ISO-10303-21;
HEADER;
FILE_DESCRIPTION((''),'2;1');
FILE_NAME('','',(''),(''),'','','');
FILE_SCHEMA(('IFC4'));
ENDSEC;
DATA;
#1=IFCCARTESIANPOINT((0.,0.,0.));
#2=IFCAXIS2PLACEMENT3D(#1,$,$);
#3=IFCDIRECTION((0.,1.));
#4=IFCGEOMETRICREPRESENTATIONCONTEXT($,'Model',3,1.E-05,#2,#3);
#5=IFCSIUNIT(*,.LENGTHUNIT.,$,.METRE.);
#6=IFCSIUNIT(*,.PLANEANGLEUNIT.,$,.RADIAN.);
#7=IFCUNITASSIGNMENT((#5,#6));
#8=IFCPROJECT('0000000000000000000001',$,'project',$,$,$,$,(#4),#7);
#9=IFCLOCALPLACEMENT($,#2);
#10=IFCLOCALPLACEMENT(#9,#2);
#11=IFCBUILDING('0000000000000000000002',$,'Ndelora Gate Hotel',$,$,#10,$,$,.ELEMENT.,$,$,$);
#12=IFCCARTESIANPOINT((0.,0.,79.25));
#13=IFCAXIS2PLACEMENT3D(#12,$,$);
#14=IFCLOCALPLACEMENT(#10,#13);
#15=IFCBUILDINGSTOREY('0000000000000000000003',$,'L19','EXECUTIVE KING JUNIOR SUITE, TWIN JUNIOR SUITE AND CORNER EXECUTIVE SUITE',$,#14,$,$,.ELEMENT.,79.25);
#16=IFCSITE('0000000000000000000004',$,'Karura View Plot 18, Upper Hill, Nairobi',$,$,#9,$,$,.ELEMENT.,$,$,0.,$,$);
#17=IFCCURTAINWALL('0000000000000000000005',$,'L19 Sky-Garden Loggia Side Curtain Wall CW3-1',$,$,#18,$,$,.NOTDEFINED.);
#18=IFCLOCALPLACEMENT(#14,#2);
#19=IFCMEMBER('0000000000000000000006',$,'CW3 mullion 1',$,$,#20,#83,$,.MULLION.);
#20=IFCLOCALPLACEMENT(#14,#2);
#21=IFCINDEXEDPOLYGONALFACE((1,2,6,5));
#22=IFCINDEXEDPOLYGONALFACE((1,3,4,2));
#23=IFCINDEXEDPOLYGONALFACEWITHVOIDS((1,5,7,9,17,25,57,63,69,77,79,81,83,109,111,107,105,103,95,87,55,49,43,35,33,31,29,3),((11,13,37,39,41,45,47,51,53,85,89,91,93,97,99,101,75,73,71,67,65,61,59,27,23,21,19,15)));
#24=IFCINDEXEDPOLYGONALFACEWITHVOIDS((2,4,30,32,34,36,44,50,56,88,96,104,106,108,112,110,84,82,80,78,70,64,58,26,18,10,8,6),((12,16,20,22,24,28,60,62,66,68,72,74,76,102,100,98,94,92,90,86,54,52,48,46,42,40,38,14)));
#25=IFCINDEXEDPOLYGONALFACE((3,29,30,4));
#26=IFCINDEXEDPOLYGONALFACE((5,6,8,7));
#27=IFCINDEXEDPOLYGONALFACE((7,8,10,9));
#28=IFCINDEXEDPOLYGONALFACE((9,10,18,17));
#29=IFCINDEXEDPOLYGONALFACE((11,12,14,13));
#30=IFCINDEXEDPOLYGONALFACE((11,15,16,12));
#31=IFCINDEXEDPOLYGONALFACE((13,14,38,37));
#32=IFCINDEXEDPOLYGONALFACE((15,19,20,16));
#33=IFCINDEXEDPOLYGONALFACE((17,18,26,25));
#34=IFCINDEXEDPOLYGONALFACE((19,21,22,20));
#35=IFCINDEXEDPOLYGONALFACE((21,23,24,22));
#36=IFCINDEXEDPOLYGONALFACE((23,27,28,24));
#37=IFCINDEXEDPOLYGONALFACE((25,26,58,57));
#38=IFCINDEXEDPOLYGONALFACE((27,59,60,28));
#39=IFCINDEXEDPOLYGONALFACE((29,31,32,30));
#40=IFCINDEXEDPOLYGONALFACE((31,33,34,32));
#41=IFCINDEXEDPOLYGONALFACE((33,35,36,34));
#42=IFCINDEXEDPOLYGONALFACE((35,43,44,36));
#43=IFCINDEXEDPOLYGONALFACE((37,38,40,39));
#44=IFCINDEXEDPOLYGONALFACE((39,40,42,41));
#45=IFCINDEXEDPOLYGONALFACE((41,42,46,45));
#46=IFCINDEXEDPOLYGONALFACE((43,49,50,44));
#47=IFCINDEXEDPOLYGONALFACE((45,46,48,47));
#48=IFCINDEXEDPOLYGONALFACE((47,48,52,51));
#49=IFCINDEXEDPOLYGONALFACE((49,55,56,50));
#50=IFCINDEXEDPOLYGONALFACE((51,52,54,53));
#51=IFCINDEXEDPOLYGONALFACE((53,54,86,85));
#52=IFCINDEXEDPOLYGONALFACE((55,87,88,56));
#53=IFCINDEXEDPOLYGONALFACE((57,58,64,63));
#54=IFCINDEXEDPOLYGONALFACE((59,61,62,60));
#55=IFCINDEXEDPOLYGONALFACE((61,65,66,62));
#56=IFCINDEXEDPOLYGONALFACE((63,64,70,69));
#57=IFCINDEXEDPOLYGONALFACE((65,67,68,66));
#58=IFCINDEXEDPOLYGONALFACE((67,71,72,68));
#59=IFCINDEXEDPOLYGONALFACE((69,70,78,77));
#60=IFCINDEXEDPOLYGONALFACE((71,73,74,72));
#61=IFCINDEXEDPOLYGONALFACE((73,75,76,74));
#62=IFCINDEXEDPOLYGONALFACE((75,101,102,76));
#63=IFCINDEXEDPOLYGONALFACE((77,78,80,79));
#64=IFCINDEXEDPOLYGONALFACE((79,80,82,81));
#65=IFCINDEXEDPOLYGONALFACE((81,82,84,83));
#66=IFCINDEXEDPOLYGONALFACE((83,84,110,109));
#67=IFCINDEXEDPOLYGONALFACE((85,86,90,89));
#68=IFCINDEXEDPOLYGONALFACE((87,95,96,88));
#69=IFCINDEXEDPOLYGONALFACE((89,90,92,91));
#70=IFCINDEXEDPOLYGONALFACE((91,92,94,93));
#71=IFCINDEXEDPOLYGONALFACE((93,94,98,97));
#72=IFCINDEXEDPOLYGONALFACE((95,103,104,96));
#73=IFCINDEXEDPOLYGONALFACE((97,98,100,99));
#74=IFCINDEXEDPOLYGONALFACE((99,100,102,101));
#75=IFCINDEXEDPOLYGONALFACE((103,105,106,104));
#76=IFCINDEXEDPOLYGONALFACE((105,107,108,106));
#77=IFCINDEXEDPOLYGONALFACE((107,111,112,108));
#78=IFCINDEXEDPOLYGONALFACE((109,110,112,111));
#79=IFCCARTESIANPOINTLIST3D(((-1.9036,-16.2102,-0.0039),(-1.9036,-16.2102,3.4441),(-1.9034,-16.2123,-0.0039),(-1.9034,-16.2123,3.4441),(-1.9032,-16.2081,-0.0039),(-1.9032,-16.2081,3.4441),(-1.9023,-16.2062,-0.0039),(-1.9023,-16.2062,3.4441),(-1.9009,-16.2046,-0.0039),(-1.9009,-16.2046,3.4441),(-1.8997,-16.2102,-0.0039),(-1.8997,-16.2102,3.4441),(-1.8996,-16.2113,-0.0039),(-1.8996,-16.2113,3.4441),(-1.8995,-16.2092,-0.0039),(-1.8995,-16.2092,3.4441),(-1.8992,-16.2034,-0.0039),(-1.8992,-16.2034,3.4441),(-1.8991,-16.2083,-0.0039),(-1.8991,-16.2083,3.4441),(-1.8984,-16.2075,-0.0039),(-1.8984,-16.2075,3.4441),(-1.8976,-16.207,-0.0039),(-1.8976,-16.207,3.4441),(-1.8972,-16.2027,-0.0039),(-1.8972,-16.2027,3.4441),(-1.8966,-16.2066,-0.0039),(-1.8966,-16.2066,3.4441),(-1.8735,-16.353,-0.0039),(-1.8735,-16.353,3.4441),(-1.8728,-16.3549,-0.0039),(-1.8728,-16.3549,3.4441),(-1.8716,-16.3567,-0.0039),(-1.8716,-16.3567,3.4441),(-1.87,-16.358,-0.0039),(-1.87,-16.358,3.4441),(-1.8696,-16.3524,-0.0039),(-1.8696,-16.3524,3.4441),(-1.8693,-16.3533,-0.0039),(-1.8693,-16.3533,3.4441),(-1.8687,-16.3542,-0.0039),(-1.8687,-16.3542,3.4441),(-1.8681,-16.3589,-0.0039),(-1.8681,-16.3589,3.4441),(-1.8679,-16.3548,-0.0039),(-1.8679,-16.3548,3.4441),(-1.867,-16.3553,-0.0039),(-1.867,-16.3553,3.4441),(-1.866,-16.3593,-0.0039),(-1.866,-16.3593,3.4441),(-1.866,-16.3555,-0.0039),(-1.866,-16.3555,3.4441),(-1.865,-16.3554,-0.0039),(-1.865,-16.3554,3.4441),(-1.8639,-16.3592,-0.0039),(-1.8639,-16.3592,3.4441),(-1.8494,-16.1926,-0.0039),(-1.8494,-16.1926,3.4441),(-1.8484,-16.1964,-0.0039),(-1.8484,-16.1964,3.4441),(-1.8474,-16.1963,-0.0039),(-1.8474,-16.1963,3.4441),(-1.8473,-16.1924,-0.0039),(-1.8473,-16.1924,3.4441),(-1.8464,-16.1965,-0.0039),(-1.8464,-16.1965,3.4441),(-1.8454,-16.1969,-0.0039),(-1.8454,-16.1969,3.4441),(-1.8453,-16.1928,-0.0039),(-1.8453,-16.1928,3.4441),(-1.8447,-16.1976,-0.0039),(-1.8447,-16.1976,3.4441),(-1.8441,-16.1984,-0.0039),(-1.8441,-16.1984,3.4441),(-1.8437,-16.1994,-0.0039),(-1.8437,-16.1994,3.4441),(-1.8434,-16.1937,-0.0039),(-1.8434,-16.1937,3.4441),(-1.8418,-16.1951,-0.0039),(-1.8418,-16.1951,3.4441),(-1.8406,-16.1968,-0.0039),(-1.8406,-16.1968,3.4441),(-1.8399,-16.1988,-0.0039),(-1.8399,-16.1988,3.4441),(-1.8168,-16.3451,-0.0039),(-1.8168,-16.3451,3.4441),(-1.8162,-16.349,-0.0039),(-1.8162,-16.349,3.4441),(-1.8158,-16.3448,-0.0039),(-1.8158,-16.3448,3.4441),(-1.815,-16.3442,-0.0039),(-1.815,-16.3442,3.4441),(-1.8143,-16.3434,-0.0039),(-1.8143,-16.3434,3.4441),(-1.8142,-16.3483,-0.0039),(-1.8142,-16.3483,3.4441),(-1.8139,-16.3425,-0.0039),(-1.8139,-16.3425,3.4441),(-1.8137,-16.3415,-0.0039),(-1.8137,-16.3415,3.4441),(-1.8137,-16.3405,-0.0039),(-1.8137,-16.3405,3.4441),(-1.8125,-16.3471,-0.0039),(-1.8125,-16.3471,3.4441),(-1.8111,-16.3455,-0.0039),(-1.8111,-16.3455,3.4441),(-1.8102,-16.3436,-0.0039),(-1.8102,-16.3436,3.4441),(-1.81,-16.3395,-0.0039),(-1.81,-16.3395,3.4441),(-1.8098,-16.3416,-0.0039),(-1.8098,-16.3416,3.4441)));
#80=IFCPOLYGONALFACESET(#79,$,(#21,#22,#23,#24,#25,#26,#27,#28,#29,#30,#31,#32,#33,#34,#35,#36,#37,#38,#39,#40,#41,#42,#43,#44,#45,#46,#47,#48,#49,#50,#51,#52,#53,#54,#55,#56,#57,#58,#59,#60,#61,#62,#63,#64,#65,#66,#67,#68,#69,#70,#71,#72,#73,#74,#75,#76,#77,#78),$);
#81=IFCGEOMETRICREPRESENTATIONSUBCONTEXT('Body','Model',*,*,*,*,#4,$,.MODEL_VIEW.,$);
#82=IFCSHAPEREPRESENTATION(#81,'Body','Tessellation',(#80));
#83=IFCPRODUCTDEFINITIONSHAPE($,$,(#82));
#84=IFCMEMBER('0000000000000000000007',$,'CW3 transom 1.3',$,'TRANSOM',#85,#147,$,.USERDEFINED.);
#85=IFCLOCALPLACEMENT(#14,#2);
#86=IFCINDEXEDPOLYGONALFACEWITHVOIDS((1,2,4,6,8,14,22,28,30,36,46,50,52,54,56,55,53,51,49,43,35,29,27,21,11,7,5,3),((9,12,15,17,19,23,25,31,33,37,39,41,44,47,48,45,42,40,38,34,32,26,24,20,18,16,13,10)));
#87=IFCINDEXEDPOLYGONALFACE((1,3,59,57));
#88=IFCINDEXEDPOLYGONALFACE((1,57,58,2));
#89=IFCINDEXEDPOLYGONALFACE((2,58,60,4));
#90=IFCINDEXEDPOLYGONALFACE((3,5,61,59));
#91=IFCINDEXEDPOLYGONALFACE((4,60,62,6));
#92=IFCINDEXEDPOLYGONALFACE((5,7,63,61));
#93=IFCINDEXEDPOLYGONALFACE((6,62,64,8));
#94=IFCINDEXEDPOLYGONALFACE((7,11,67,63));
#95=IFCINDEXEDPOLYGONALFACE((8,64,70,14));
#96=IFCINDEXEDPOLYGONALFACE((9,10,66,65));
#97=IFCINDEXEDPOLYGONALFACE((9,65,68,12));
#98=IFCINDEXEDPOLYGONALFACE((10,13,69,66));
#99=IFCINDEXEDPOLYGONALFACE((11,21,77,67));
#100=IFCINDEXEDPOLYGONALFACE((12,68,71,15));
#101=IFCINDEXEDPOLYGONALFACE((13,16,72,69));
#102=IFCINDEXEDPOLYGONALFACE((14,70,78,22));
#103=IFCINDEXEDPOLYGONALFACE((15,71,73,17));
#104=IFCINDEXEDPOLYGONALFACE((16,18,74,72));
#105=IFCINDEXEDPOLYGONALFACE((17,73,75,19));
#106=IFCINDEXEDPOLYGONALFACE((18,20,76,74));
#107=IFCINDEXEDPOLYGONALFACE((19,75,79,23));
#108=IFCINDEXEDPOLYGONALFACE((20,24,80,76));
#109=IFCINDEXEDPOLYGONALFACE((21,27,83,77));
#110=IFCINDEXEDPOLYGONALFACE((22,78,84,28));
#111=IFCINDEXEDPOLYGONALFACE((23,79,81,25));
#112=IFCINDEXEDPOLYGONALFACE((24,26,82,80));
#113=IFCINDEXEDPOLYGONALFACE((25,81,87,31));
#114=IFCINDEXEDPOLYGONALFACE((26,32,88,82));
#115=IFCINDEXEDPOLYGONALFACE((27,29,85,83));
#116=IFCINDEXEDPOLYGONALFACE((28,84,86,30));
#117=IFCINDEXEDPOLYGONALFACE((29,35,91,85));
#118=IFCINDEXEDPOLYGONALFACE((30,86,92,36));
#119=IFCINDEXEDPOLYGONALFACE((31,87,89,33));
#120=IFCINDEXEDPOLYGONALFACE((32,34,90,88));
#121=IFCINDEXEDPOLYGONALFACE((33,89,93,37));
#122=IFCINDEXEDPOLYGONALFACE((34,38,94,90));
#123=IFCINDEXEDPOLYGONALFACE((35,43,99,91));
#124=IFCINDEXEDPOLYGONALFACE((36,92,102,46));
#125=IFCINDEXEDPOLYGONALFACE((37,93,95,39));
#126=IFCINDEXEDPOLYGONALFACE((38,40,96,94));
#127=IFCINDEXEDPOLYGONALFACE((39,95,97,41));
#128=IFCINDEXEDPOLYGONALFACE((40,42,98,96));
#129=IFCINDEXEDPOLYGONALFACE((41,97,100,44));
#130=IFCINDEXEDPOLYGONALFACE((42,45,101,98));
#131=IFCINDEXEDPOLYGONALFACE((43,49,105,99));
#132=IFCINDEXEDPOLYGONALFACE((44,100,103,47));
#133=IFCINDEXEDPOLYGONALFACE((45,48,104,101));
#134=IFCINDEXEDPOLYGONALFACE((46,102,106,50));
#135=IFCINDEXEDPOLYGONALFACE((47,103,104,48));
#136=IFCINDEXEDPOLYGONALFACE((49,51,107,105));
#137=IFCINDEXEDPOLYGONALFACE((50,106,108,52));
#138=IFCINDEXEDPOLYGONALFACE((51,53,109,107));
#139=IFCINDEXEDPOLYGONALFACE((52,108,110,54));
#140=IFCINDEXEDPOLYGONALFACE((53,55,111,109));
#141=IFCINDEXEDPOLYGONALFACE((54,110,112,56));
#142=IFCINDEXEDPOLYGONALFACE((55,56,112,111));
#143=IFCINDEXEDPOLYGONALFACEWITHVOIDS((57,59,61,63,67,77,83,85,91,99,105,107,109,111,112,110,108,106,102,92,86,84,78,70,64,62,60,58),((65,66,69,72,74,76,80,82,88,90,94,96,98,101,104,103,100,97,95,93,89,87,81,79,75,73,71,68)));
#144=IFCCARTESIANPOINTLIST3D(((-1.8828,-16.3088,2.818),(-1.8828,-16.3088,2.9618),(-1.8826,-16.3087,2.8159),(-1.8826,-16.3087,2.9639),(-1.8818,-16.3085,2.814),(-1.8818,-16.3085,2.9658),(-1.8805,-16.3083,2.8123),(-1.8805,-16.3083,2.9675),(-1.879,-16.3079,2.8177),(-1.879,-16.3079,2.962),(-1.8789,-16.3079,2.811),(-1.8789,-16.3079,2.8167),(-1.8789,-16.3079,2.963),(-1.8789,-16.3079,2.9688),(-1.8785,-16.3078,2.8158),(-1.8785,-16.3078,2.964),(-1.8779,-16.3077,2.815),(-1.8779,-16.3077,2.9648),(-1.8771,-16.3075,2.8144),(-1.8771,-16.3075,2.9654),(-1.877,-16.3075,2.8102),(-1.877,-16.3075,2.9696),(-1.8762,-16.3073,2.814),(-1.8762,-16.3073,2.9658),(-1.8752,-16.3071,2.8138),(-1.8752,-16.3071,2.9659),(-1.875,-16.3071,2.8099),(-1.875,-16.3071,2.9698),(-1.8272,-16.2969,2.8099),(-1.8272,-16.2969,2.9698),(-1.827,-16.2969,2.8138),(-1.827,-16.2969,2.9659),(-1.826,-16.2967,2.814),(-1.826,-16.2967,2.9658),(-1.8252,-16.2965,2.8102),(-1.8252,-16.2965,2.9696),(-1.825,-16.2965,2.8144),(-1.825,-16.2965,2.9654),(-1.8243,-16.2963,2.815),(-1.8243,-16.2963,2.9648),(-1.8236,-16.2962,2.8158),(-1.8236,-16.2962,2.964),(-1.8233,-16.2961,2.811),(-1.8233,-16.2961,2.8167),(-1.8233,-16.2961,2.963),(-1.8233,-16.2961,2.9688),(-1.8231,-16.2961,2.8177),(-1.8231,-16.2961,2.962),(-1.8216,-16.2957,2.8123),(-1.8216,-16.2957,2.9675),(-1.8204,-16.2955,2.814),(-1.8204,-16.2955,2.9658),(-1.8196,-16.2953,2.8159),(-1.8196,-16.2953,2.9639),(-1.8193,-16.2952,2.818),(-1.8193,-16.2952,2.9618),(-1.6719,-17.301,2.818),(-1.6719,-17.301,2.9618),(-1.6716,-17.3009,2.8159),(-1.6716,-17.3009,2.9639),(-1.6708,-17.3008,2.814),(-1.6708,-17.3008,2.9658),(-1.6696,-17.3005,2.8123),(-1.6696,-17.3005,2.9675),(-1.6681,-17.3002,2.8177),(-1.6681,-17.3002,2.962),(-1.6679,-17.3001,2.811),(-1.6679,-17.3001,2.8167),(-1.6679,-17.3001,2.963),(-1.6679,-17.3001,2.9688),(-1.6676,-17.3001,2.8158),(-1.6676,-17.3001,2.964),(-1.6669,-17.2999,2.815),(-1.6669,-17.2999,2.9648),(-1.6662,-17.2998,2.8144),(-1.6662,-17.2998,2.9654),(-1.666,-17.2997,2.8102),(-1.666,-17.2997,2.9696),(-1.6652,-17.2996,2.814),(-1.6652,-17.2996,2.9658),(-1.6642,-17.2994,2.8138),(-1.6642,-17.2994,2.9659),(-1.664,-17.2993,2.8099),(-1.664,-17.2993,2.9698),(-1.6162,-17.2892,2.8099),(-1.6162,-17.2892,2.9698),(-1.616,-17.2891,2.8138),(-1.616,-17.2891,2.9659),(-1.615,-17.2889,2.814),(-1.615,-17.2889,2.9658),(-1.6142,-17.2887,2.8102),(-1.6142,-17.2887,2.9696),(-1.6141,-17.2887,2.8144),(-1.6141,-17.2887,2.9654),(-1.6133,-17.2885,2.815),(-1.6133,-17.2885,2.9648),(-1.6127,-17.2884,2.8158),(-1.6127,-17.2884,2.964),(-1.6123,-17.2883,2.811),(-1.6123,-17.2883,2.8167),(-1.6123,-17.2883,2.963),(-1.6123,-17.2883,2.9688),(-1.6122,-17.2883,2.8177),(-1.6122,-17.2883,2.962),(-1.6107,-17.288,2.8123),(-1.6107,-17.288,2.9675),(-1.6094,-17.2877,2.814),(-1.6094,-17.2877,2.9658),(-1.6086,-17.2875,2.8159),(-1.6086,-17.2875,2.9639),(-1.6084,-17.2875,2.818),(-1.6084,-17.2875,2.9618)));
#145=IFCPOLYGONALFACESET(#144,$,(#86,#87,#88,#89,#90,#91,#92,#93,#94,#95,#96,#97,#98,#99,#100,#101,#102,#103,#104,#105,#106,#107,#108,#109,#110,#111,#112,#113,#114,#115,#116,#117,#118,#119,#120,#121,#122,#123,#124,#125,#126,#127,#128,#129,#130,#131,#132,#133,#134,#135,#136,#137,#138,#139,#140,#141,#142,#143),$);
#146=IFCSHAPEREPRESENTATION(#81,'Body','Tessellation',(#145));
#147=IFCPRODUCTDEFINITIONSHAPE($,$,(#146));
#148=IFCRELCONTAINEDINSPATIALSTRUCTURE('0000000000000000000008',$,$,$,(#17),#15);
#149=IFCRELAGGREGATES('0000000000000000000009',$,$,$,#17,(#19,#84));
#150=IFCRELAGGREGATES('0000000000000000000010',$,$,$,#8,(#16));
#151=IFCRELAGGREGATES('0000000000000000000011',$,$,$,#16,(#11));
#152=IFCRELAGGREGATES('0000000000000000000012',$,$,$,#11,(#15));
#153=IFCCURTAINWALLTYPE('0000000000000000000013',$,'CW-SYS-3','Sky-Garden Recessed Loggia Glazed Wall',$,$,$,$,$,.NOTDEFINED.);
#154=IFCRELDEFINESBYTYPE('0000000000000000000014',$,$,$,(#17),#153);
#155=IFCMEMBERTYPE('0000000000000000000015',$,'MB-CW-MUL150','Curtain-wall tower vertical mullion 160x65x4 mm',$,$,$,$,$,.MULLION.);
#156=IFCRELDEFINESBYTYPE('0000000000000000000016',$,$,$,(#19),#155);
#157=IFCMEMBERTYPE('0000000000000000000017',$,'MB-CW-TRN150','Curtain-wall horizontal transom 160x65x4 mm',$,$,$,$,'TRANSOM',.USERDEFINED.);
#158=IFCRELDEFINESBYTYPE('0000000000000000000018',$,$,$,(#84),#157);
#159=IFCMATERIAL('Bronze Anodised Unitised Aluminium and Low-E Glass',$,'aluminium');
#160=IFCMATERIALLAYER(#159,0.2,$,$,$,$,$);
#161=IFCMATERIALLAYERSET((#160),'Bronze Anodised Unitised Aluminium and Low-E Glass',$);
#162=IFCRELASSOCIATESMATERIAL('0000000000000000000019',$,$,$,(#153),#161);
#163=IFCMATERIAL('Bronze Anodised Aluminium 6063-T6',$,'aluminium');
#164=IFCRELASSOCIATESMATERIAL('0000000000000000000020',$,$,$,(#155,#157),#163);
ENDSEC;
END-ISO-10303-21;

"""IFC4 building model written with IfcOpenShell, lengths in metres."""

from ifc_helpers import new_model, si_unit, direction, frame, origin, origin_2d, place, context, subcontext, project, spatial, hollow_rectangle, extrude, material, layer, layer_set, material_profile, profile_set, type_object, element, aggregate, save


model = new_model("IFC4")

# Units and contexts
model_context = context("Model", 3, precision=1e-05, world=origin(), true_north=direction((0.0, 1.0)))
body_context = subcontext(model_context, "Body", "Model", "MODEL_VIEW")
ifc_project = project(units=[si_unit("LENGTHUNIT", "METRE"), si_unit("PLANEANGLEUNIT", "RADIAN")], contexts=[model_context])

# Site, building, storey
site_placement = place(None, origin())
site = spatial("IfcSite", under=ifc_project, at=site_placement, Name="Karura View Plot 18, Upper Hill, Nairobi", CompositionType="ELEMENT", RefElevation=0.0)
building_placement = place(site_placement, origin())
building = spatial("IfcBuilding", under=site, at=building_placement, Name="Ndelora Gate Hotel", CompositionType="ELEMENT")
storey_placement = place(building_placement, frame((0.0, 0.0, 79.25)))
storey = spatial("IfcBuildingStorey", under=building, at=storey_placement, Name="L19", Description="EXECUTIVE KING JUNIOR SUITE, TWIN JUNIOR SUITE AND CORNER EXECUTIVE SUITE", CompositionType="ELEMENT", Elevation=79.25)

# Curtain wall, members
ifc_material_1 = material(Name="Bronze Anodised Unitised Aluminium and Low-E Glass", Category="aluminium")
ifc_layer_1 = layer(ifc_material_1, 0.2)
ifc_layer_set_1 = layer_set([ifc_layer_1], Name="Bronze Anodised Unitised Aluminium and Low-E Glass")
curtain_wall_type = type_object("IfcCurtainWallType", Name="CW-SYS-3", Description="Sky-Garden Recessed Loggia Glazed Wall", PredefinedType="NOTDEFINED", material=ifc_layer_set_1)
curtain_wall_placement = place(storey_placement, origin())
curtain_wall = element("IfcCurtainWall", 1, at=curtain_wall_placement, inside=storey, type_object=curtain_wall_type, Name="L19 Sky-Garden Loggia Side Curtain Wall CW3-1", PredefinedType="NOTDEFINED")
ifc_material_2 = material(Name="Bronze Anodised Aluminium 6063-T6", Category="aluminium")
ifc_material_profile_1 = material_profile(ifc_material_2, hollow_rectangle(XDim=0.0649, YDim=0.1599, WallThickness=0.0039, InnerFilletRadius=0.0039, OuterFilletRadius=0.0081, at=origin_2d()), Name="ALU 160x65x4")
ifc_profile_set_1 = profile_set([ifc_material_profile_1], Name="Bronze Anodised Aluminium 6063-T6")
member_type_1 = type_object("IfcMemberType", Name="MB-CW-MUL150", Description="Curtain-wall tower vertical mullion 160x65x4 mm", PredefinedType="MULLION", material=ifc_profile_set_1)
member_1_placement = place(storey_placement, frame((-1.8567, -16.2759, -0.0039), z_axis=(0.0, 0.0, 1.0), x_axis=(0.978148, 0.207911, 0.0)))
member_1 = element("IfcMember", 2, at=member_1_placement, type_object=member_type_1, Name="CW3 mullion 1", PredefinedType="MULLION", context=body_context, shape_type="SweptSolid", body=[
    extrude(hollow_rectangle(XDim=0.0649, YDim=0.1599, WallThickness=0.0039, InnerFilletRadius=0.0039, OuterFilletRadius=0.0081, at=origin_2d()), origin(), (0.0, 0.0, 1.0), 3.448),
])
ifc_material_profile_2 = material_profile(ifc_material_2, hollow_rectangle(XDim=0.0649, YDim=0.1599, WallThickness=0.0039, InnerFilletRadius=0.0039, OuterFilletRadius=0.0081, at=origin_2d()), Name="ALU 160x65x4")
ifc_profile_set_2 = profile_set([ifc_material_profile_2], Name="Bronze Anodised Aluminium 6063-T6")
member_type_2 = type_object("IfcMemberType", Name="MB-CW-TRN150", Description="Curtain-wall horizontal transom 160x65x4 mm", ElementType="TRANSOM", PredefinedType="USERDEFINED", material=ifc_profile_set_2)
member_2_placement = place(storey_placement, frame((-1.8511, -16.302, 2.8899), z_axis=(0.207951, -0.978139, 0.0), x_axis=(0.978139, 0.207951, 0.0)))
member_2 = element("IfcMember", 3, at=member_2_placement, type_object=member_type_2, Name="CW3 transom 1.3", ObjectType="TRANSOM", PredefinedType="USERDEFINED", context=body_context, shape_type="SweptSolid", body=[
    extrude(hollow_rectangle(XDim=0.0649, YDim=0.1599, WallThickness=0.0039, InnerFilletRadius=0.0039, OuterFilletRadius=0.0081, at=origin_2d()), origin(), (0.0, 0.0, 1.0), 1.0144),
])
aggregate(curtain_wall, [member_1, member_2])

save(model, "model.ifc")
